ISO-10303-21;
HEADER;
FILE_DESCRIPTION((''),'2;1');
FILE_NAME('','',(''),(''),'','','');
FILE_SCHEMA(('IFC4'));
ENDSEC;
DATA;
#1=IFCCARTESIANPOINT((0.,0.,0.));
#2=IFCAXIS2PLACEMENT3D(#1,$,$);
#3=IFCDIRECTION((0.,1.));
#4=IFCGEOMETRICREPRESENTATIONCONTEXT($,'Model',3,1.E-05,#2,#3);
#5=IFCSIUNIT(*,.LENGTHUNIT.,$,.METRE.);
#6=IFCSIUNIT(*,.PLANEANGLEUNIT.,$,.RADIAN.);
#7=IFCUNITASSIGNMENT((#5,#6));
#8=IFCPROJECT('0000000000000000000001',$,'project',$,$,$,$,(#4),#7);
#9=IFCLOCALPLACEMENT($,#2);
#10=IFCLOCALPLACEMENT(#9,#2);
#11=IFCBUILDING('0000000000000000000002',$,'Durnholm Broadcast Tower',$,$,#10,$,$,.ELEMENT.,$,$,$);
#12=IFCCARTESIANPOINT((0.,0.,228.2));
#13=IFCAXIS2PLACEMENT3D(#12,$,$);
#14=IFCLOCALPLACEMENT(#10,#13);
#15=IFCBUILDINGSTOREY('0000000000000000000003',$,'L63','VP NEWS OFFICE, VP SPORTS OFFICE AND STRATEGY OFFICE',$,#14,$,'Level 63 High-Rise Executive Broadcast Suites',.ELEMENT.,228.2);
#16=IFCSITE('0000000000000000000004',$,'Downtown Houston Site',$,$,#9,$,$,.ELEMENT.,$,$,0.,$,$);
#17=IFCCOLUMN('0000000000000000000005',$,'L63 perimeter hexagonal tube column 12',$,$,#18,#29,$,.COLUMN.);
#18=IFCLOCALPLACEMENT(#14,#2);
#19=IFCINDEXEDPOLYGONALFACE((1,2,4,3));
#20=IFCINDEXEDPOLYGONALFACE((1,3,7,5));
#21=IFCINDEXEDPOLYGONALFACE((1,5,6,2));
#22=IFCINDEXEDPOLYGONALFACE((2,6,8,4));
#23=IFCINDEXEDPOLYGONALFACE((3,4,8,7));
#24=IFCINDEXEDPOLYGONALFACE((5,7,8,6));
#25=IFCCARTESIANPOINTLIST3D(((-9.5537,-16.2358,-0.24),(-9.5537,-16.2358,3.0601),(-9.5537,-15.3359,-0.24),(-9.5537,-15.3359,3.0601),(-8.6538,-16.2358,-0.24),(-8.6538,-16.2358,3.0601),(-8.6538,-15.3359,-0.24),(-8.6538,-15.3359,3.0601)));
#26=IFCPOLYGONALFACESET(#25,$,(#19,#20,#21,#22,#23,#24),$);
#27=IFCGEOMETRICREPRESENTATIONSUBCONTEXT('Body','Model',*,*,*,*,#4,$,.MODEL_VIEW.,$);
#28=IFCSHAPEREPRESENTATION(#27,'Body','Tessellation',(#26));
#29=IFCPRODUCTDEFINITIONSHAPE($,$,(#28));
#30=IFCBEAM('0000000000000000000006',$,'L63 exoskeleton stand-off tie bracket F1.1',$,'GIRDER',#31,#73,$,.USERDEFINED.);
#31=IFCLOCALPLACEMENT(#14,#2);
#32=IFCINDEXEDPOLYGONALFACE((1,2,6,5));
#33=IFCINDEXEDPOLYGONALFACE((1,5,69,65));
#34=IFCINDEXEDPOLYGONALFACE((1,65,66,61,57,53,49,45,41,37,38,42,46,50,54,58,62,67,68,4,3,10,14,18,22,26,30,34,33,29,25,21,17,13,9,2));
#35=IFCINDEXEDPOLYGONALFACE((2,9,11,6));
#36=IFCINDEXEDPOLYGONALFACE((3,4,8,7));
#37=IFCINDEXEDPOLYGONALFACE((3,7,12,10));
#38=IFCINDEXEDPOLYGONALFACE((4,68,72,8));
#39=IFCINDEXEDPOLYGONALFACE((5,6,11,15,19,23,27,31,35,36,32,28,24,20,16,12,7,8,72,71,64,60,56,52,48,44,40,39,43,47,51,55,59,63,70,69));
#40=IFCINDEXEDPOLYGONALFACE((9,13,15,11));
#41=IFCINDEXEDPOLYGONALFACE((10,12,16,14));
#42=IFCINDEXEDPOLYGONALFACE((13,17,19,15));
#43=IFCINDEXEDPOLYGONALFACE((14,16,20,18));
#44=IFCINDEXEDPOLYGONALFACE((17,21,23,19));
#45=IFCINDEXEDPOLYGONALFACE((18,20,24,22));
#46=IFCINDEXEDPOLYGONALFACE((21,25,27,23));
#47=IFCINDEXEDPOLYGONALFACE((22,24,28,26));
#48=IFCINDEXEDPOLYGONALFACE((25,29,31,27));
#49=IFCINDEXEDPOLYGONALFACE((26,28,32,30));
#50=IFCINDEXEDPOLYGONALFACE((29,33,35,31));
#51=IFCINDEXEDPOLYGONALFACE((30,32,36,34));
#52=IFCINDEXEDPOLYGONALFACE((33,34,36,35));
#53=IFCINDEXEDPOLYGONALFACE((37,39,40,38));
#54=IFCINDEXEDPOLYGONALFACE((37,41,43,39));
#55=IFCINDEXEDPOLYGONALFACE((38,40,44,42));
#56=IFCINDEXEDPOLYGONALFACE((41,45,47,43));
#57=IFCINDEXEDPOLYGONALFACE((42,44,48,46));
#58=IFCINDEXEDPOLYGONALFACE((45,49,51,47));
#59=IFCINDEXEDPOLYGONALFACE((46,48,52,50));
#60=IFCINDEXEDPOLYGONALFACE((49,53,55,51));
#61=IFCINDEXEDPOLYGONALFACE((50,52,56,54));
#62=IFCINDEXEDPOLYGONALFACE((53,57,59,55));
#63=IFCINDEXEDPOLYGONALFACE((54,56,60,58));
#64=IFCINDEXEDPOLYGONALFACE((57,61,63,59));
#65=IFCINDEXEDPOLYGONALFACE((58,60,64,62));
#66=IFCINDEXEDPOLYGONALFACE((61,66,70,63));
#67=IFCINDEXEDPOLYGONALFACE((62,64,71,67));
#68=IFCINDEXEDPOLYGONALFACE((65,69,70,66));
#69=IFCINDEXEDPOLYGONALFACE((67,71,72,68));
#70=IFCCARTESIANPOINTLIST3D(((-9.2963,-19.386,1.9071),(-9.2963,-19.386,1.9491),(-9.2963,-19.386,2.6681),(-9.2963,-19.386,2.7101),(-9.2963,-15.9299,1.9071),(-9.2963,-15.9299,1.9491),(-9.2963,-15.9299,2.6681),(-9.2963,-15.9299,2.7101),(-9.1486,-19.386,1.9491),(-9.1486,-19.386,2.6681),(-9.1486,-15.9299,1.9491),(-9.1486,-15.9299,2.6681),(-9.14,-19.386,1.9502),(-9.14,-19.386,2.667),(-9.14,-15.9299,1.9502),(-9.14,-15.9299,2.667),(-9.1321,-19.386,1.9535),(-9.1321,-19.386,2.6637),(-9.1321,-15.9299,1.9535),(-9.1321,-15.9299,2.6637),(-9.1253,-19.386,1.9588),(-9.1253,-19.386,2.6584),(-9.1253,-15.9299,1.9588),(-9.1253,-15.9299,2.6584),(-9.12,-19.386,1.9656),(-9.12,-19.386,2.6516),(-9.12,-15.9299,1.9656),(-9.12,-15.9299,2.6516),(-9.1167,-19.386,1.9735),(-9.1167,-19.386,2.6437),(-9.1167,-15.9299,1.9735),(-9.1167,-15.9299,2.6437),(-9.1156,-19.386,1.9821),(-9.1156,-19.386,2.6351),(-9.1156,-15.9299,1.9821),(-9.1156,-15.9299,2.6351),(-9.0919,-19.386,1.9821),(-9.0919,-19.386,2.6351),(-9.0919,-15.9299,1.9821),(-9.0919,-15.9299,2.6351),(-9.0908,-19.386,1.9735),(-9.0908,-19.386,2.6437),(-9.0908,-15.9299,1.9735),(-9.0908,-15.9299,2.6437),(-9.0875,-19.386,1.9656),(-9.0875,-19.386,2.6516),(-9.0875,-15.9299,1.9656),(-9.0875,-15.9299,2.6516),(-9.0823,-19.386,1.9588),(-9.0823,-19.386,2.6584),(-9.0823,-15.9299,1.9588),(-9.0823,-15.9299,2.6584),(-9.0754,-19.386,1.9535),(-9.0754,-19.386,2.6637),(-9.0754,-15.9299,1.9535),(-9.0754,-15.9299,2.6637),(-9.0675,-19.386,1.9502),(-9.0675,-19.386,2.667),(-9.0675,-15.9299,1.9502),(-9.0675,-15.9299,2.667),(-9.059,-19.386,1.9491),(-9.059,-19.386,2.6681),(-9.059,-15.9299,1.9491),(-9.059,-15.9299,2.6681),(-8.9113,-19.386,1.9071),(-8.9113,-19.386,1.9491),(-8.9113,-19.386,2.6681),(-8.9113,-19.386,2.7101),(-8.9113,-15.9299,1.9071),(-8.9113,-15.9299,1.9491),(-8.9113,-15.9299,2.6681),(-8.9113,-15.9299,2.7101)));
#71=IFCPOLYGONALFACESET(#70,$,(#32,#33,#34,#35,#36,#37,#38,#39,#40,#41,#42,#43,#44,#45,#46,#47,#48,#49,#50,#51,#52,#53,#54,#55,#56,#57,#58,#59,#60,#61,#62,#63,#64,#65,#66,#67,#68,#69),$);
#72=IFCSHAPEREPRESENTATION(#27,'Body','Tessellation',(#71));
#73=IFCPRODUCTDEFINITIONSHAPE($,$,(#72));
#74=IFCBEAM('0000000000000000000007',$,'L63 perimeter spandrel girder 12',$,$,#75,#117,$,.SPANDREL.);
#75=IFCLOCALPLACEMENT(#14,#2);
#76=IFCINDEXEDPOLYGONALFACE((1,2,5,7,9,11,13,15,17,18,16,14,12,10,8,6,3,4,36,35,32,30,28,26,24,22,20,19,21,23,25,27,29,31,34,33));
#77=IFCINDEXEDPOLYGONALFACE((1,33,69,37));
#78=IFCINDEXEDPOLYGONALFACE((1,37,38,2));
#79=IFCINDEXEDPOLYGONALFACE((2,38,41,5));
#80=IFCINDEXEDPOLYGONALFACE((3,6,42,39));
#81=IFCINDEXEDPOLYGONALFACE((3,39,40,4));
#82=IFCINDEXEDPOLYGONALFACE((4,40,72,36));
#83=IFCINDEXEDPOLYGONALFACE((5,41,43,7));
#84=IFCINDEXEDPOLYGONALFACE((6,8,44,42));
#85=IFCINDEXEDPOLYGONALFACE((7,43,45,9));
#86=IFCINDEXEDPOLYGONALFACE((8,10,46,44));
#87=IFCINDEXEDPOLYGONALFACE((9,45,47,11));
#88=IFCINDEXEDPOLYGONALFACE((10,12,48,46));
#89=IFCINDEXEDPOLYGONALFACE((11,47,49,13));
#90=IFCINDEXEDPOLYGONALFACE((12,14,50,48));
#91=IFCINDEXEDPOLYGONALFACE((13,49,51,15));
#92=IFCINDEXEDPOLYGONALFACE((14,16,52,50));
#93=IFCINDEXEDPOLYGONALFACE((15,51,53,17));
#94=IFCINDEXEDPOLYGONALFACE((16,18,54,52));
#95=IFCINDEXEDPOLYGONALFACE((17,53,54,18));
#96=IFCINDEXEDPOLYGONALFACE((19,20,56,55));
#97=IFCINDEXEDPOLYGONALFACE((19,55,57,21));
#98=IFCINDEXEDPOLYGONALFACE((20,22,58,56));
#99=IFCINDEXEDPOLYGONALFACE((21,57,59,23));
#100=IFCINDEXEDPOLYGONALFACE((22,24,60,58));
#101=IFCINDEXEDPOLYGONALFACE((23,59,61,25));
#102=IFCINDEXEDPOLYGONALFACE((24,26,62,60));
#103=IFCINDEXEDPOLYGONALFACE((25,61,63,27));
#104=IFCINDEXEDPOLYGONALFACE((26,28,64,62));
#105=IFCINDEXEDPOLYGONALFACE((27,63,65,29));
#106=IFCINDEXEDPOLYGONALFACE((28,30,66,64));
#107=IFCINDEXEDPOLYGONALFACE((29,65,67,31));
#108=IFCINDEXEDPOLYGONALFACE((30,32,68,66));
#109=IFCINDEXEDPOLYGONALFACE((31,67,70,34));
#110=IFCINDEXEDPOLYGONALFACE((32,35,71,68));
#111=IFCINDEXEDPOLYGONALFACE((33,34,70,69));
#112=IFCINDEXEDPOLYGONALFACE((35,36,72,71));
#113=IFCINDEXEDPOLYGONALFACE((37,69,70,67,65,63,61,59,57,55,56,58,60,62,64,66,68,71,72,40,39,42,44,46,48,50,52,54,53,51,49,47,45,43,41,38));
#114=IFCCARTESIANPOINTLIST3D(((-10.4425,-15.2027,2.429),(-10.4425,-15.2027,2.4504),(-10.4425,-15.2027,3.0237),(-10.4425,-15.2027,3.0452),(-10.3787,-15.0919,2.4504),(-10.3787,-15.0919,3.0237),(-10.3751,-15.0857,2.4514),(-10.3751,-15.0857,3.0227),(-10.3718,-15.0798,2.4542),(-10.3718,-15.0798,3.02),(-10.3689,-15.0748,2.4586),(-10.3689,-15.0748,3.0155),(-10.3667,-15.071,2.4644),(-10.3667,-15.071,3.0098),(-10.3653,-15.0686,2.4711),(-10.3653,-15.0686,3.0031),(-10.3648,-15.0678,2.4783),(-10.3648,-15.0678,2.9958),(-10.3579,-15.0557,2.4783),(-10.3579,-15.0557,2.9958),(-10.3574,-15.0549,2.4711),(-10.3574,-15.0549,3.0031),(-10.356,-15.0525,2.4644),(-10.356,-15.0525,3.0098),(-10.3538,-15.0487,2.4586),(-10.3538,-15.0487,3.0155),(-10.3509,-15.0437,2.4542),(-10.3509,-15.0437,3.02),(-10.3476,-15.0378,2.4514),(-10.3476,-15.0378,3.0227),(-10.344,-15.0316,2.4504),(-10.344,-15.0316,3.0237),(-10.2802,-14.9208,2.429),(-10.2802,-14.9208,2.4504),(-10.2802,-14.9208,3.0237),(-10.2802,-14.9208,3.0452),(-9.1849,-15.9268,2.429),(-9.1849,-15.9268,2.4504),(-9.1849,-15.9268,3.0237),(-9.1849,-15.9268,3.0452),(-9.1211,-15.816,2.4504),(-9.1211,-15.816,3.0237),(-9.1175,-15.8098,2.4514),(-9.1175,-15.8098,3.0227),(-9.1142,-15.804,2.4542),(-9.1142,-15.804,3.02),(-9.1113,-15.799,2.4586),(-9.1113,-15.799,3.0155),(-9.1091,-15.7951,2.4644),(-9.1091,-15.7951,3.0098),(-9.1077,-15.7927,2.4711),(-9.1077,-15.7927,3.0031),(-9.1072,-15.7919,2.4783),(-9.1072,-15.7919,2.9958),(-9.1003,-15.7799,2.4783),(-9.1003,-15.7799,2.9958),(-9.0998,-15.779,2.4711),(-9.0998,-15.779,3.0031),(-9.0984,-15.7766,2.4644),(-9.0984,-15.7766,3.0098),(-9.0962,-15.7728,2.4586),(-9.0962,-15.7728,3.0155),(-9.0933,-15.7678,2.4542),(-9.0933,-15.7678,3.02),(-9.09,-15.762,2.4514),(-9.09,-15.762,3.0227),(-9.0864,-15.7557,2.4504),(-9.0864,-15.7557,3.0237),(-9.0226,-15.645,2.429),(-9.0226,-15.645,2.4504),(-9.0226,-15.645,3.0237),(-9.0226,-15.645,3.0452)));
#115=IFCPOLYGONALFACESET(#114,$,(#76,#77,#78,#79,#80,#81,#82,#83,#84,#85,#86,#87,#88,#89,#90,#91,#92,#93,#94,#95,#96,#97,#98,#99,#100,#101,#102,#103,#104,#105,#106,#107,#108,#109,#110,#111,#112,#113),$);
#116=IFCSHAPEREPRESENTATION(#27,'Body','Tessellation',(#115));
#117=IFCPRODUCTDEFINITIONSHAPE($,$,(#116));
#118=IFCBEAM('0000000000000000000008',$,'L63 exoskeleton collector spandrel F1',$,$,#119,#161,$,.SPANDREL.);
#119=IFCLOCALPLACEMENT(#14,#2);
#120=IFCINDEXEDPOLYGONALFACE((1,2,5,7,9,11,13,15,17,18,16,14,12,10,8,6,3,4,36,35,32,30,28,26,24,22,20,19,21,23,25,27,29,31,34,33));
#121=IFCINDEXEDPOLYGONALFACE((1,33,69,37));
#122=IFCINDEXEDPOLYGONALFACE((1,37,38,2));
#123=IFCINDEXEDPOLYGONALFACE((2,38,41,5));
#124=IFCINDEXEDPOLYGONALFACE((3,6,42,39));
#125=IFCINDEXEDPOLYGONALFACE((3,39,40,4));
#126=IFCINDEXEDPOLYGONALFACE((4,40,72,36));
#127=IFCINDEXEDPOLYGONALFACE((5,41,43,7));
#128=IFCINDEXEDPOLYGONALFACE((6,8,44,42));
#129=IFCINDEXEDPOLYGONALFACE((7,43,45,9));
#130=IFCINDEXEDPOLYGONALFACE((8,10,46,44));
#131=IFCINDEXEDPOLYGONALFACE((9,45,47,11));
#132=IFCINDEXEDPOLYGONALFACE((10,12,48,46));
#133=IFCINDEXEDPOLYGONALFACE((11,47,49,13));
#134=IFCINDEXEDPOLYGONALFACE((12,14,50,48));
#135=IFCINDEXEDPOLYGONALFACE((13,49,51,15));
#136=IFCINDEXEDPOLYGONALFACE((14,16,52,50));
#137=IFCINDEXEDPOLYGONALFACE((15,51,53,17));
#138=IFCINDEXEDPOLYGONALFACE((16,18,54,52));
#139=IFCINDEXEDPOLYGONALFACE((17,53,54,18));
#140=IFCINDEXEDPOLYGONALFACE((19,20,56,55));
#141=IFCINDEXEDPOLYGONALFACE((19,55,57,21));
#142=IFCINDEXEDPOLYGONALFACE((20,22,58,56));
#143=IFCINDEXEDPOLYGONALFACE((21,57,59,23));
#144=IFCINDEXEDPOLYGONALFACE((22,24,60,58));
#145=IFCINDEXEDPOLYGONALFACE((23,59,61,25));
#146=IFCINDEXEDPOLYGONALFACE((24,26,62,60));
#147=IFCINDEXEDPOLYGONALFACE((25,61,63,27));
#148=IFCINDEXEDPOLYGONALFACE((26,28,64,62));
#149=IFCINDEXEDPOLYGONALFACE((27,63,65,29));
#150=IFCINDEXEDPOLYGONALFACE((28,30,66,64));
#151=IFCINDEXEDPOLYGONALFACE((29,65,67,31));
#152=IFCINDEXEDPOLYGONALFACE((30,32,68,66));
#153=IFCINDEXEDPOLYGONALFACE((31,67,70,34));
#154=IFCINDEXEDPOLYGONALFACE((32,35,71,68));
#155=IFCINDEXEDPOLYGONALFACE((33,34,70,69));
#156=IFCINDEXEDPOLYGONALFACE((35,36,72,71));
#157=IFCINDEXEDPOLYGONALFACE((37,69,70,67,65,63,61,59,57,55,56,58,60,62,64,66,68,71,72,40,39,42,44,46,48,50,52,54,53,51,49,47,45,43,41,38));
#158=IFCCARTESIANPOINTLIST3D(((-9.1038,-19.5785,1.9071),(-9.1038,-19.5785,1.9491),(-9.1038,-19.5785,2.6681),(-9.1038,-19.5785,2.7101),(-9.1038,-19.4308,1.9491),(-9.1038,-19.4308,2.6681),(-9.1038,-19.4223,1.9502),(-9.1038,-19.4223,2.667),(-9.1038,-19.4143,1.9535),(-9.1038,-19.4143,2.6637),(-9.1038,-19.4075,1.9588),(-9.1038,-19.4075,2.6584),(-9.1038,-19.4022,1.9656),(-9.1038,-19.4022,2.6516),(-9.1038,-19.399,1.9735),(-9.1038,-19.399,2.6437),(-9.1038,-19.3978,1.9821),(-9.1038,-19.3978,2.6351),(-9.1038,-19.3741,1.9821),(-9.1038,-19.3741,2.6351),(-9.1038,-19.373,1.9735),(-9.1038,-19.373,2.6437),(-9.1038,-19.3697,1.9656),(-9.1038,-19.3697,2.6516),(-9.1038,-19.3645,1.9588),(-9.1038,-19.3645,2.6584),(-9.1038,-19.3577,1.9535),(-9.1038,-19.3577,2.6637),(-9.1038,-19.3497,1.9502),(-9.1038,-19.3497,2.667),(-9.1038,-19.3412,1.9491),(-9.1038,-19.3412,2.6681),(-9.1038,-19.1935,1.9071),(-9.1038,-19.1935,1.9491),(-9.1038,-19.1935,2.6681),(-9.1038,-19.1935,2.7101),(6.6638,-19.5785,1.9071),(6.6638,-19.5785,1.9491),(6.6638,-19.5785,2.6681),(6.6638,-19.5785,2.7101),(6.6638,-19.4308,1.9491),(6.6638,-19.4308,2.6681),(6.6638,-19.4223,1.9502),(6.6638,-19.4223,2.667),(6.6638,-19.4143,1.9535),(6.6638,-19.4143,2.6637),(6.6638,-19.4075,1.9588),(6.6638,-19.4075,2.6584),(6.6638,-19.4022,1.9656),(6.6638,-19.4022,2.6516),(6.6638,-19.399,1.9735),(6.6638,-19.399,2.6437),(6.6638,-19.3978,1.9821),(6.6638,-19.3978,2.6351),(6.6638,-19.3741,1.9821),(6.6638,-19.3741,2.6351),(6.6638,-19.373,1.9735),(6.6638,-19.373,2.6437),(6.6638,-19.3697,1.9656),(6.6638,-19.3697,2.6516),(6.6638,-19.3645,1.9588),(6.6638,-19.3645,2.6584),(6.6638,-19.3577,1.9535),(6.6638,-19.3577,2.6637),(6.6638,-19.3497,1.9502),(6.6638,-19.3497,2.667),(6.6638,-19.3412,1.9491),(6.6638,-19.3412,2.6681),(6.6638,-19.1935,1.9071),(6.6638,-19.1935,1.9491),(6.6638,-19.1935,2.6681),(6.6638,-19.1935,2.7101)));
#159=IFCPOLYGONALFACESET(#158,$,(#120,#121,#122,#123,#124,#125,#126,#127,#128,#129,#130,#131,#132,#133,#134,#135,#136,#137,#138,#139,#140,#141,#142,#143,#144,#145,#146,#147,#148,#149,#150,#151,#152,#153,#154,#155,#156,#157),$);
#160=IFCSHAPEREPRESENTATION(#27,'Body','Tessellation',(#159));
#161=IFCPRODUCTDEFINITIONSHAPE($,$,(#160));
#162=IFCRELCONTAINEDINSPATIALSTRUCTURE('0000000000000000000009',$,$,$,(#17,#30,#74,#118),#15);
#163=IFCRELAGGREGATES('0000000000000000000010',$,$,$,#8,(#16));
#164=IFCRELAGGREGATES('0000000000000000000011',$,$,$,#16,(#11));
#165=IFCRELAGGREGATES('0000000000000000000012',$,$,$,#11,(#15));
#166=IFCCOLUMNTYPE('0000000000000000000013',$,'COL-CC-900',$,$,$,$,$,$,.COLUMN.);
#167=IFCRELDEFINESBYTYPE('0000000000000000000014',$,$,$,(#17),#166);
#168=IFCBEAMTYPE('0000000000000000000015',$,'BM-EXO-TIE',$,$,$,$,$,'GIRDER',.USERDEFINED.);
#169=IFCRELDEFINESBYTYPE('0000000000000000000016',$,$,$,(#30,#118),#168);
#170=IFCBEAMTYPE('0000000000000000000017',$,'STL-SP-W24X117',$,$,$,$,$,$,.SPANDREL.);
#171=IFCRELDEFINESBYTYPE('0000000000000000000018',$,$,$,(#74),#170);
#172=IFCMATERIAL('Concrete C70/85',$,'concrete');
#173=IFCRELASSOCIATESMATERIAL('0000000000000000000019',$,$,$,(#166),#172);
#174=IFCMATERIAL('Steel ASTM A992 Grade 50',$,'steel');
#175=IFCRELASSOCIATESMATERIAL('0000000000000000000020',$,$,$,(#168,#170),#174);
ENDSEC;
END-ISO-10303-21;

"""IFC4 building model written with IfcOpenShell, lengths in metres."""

from ifc_helpers import new_model, si_unit, direction, frame, origin, origin_2d, place, context, subcontext, project, spatial, rectangle, i_section, extrude, source, transform, mapped, material, material_profile, profile_set, type_object, type_shapes, element, save


model = new_model("IFC4")

# Units and contexts
model_context = context("Model", 3, precision=1e-05, world=origin(), true_north=direction((0.0, 1.0)))
body_context = subcontext(model_context, "Body", "Model", "MODEL_VIEW")
ifc_project = project(units=[si_unit("LENGTHUNIT", "METRE"), si_unit("PLANEANGLEUNIT", "RADIAN")], contexts=[model_context])

# Site, building, storey
site_placement = place(None, origin())
site = spatial("IfcSite", under=ifc_project, at=site_placement, Name="Downtown Houston Site", CompositionType="ELEMENT", RefElevation=0.0)
building_placement = place(site_placement, origin())
building = spatial("IfcBuilding", under=site, at=building_placement, Name="Durnholm Broadcast Tower", CompositionType="ELEMENT")
storey_placement = place(building_placement, frame((0.0, 0.0, 228.2)))
storey = spatial("IfcBuildingStorey", under=building, at=storey_placement, Name="L63", Description="VP NEWS OFFICE, VP SPORTS OFFICE AND STRATEGY OFFICE", LongName="Level 63 High-Rise Executive Broadcast Suites", CompositionType="ELEMENT", Elevation=228.2)

# Column
ifc_material_1 = material(Name="Concrete C70/85", Category="concrete")
ifc_material_profile_1 = material_profile(ifc_material_1, rectangle(XDim=0.8999, YDim=0.8999, at=origin_2d()), Name="RC900X900")
ifc_profile_set_1 = profile_set([ifc_material_profile_1], Name="Concrete C70/85")
column_type = type_object("IfcColumnType", Name="COL-CC-900", PredefinedType="COLUMN", material=ifc_profile_set_1)
shared_shape_1 = source(origin(), body_context, "Body", "SweptSolid", [
    extrude(rectangle(XDim=0.8999, YDim=0.8999, at=origin_2d()), origin(), (0.0, 0.0, 1.0), 3.3),
])
type_shapes(column_type, [shared_shape_1])
column_placement = place(storey_placement, frame((-9.1038, -15.7859, -0.24), z_axis=(0.0, 0.0, 1.0), x_axis=(1.0, 0.0, 0.0)))
element("IfcColumn", 1, at=column_placement, inside=storey, type_object=column_type, Name="L63 perimeter hexagonal tube column 12", PredefinedType="COLUMN", context=body_context, shape_type="MappedRepresentation", body=[
    mapped(shared_shape_1, transform((0.0, 0.0, 0.0), x_axis=(1.0, 0.0, 0.0), y_axis=(0.0, 1.0, 0.0), z_axis=(0.0, 0.0, 1.0), scale=1.0)),
])

# Beams
ifc_material_2 = material(Name="Steel ASTM A992 Grade 50", Category="steel")
ifc_material_profile_2 = material_profile(ifc_material_2, i_section(OverallWidth=0.385, OverallDepth=0.803, WebThickness=0.0237, FlangeThickness=0.042, FilletRadius=0.033, at=origin_2d()), Name="W30X261")
ifc_profile_set_2 = profile_set([ifc_material_profile_2], Name="Steel ASTM A992 Grade 50")
beam_type_1 = type_object("IfcBeamType", Name="BM-EXO-TIE", ElementType="GIRDER", PredefinedType="USERDEFINED", material=ifc_profile_set_2)
shared_shape_2 = source(origin(), body_context, "Body", "SweptSolid", [
    extrude(i_section(OverallWidth=0.385, OverallDepth=0.803, WebThickness=0.0237, FlangeThickness=0.042, FilletRadius=0.033, at=origin_2d()), origin(), (0.0, 0.0, 1.0), 3.4561),
])
beam_1_placement = place(storey_placement, frame((-9.1038, -15.9299, 2.3086), z_axis=(0.0, -1.0, 0.0), x_axis=(1.0, 0.0, 0.0)))
element("IfcBeam", 2, at=beam_1_placement, inside=storey, type_object=beam_type_1, Name="L63 exoskeleton stand-off tie bracket F1.1", ObjectType="GIRDER", PredefinedType="USERDEFINED", context=body_context, shape_type="MappedRepresentation", body=[
    mapped(shared_shape_2, transform((0.0, 0.0, 0.0), x_axis=(1.0, 0.0, 0.0), y_axis=(0.0, 1.0, 0.0), z_axis=(0.0, 0.0, 1.0), scale=1.0)),
])
ifc_material_profile_3 = material_profile(ifc_material_2, i_section(OverallWidth=0.3252, OverallDepth=0.6162, WebThickness=0.0139, FlangeThickness=0.0215, FilletRadius=0.0278, at=origin_2d()), Name="W24X117")
ifc_profile_set_3 = profile_set([ifc_material_profile_3], Name="Steel ASTM A992 Grade 50")
beam_type_2 = type_object("IfcBeamType", Name="STL-SP-W24X117", PredefinedType="SPANDREL", material=ifc_profile_set_3)
shared_shape_3 = source(origin(), body_context, "Body", "SweptSolid", [
    extrude(i_section(OverallWidth=0.3252, OverallDepth=0.6162, WebThickness=0.0139, FlangeThickness=0.0215, FilletRadius=0.0278, at=origin_2d()), origin(), (0.0, 0.0, 1.0), 1.4512),
])
type_shapes(beam_type_2, [shared_shape_3])
beam_2_placement = place(storey_placement, frame((-9.1038, -15.7859, 2.7371), z_axis=(-0.866603, 0.498999, 0.0), x_axis=(-0.498999, -0.866603, 0.0)))
element("IfcBeam", 3, at=beam_2_placement, inside=storey, type_object=beam_type_2, Name="L63 perimeter spandrel girder 12", PredefinedType="SPANDREL", context=body_context, shape_type="MappedRepresentation", body=[
    mapped(shared_shape_3, transform((0.0, 0.0, 0.0), x_axis=(1.0, 0.0, 0.0), y_axis=(0.0, 1.0, 0.0), z_axis=(0.0, 0.0, 1.0), scale=1.0)),
])
shared_shape_4 = source(origin(), body_context, "Body", "SweptSolid", [
    extrude(i_section(OverallWidth=0.385, OverallDepth=0.803, WebThickness=0.0237, FlangeThickness=0.042, FilletRadius=0.033, at=origin_2d()), origin(), (0.0, 0.0, 1.0), 15.7676),
])
type_shapes(beam_type_1, [shared_shape_2, shared_shape_4])
beam_3_placement = place(storey_placement, frame((-9.1038, -19.386, 2.3086), z_axis=(1.0, 0.0, 0.0), x_axis=(0.0, 1.0, 0.0)))
element("IfcBeam", 4, at=beam_3_placement, inside=storey, type_object=beam_type_1, Name="L63 exoskeleton collector spandrel F1", PredefinedType="SPANDREL", context=body_context, shape_type="MappedRepresentation", body=[
    mapped(shared_shape_4, transform((0.0, 0.0, 0.0), x_axis=(1.0, 0.0, 0.0), y_axis=(0.0, 1.0, 0.0), z_axis=(0.0, 0.0, 1.0), scale=1.0)),
])

save(model, "model.ifc")
